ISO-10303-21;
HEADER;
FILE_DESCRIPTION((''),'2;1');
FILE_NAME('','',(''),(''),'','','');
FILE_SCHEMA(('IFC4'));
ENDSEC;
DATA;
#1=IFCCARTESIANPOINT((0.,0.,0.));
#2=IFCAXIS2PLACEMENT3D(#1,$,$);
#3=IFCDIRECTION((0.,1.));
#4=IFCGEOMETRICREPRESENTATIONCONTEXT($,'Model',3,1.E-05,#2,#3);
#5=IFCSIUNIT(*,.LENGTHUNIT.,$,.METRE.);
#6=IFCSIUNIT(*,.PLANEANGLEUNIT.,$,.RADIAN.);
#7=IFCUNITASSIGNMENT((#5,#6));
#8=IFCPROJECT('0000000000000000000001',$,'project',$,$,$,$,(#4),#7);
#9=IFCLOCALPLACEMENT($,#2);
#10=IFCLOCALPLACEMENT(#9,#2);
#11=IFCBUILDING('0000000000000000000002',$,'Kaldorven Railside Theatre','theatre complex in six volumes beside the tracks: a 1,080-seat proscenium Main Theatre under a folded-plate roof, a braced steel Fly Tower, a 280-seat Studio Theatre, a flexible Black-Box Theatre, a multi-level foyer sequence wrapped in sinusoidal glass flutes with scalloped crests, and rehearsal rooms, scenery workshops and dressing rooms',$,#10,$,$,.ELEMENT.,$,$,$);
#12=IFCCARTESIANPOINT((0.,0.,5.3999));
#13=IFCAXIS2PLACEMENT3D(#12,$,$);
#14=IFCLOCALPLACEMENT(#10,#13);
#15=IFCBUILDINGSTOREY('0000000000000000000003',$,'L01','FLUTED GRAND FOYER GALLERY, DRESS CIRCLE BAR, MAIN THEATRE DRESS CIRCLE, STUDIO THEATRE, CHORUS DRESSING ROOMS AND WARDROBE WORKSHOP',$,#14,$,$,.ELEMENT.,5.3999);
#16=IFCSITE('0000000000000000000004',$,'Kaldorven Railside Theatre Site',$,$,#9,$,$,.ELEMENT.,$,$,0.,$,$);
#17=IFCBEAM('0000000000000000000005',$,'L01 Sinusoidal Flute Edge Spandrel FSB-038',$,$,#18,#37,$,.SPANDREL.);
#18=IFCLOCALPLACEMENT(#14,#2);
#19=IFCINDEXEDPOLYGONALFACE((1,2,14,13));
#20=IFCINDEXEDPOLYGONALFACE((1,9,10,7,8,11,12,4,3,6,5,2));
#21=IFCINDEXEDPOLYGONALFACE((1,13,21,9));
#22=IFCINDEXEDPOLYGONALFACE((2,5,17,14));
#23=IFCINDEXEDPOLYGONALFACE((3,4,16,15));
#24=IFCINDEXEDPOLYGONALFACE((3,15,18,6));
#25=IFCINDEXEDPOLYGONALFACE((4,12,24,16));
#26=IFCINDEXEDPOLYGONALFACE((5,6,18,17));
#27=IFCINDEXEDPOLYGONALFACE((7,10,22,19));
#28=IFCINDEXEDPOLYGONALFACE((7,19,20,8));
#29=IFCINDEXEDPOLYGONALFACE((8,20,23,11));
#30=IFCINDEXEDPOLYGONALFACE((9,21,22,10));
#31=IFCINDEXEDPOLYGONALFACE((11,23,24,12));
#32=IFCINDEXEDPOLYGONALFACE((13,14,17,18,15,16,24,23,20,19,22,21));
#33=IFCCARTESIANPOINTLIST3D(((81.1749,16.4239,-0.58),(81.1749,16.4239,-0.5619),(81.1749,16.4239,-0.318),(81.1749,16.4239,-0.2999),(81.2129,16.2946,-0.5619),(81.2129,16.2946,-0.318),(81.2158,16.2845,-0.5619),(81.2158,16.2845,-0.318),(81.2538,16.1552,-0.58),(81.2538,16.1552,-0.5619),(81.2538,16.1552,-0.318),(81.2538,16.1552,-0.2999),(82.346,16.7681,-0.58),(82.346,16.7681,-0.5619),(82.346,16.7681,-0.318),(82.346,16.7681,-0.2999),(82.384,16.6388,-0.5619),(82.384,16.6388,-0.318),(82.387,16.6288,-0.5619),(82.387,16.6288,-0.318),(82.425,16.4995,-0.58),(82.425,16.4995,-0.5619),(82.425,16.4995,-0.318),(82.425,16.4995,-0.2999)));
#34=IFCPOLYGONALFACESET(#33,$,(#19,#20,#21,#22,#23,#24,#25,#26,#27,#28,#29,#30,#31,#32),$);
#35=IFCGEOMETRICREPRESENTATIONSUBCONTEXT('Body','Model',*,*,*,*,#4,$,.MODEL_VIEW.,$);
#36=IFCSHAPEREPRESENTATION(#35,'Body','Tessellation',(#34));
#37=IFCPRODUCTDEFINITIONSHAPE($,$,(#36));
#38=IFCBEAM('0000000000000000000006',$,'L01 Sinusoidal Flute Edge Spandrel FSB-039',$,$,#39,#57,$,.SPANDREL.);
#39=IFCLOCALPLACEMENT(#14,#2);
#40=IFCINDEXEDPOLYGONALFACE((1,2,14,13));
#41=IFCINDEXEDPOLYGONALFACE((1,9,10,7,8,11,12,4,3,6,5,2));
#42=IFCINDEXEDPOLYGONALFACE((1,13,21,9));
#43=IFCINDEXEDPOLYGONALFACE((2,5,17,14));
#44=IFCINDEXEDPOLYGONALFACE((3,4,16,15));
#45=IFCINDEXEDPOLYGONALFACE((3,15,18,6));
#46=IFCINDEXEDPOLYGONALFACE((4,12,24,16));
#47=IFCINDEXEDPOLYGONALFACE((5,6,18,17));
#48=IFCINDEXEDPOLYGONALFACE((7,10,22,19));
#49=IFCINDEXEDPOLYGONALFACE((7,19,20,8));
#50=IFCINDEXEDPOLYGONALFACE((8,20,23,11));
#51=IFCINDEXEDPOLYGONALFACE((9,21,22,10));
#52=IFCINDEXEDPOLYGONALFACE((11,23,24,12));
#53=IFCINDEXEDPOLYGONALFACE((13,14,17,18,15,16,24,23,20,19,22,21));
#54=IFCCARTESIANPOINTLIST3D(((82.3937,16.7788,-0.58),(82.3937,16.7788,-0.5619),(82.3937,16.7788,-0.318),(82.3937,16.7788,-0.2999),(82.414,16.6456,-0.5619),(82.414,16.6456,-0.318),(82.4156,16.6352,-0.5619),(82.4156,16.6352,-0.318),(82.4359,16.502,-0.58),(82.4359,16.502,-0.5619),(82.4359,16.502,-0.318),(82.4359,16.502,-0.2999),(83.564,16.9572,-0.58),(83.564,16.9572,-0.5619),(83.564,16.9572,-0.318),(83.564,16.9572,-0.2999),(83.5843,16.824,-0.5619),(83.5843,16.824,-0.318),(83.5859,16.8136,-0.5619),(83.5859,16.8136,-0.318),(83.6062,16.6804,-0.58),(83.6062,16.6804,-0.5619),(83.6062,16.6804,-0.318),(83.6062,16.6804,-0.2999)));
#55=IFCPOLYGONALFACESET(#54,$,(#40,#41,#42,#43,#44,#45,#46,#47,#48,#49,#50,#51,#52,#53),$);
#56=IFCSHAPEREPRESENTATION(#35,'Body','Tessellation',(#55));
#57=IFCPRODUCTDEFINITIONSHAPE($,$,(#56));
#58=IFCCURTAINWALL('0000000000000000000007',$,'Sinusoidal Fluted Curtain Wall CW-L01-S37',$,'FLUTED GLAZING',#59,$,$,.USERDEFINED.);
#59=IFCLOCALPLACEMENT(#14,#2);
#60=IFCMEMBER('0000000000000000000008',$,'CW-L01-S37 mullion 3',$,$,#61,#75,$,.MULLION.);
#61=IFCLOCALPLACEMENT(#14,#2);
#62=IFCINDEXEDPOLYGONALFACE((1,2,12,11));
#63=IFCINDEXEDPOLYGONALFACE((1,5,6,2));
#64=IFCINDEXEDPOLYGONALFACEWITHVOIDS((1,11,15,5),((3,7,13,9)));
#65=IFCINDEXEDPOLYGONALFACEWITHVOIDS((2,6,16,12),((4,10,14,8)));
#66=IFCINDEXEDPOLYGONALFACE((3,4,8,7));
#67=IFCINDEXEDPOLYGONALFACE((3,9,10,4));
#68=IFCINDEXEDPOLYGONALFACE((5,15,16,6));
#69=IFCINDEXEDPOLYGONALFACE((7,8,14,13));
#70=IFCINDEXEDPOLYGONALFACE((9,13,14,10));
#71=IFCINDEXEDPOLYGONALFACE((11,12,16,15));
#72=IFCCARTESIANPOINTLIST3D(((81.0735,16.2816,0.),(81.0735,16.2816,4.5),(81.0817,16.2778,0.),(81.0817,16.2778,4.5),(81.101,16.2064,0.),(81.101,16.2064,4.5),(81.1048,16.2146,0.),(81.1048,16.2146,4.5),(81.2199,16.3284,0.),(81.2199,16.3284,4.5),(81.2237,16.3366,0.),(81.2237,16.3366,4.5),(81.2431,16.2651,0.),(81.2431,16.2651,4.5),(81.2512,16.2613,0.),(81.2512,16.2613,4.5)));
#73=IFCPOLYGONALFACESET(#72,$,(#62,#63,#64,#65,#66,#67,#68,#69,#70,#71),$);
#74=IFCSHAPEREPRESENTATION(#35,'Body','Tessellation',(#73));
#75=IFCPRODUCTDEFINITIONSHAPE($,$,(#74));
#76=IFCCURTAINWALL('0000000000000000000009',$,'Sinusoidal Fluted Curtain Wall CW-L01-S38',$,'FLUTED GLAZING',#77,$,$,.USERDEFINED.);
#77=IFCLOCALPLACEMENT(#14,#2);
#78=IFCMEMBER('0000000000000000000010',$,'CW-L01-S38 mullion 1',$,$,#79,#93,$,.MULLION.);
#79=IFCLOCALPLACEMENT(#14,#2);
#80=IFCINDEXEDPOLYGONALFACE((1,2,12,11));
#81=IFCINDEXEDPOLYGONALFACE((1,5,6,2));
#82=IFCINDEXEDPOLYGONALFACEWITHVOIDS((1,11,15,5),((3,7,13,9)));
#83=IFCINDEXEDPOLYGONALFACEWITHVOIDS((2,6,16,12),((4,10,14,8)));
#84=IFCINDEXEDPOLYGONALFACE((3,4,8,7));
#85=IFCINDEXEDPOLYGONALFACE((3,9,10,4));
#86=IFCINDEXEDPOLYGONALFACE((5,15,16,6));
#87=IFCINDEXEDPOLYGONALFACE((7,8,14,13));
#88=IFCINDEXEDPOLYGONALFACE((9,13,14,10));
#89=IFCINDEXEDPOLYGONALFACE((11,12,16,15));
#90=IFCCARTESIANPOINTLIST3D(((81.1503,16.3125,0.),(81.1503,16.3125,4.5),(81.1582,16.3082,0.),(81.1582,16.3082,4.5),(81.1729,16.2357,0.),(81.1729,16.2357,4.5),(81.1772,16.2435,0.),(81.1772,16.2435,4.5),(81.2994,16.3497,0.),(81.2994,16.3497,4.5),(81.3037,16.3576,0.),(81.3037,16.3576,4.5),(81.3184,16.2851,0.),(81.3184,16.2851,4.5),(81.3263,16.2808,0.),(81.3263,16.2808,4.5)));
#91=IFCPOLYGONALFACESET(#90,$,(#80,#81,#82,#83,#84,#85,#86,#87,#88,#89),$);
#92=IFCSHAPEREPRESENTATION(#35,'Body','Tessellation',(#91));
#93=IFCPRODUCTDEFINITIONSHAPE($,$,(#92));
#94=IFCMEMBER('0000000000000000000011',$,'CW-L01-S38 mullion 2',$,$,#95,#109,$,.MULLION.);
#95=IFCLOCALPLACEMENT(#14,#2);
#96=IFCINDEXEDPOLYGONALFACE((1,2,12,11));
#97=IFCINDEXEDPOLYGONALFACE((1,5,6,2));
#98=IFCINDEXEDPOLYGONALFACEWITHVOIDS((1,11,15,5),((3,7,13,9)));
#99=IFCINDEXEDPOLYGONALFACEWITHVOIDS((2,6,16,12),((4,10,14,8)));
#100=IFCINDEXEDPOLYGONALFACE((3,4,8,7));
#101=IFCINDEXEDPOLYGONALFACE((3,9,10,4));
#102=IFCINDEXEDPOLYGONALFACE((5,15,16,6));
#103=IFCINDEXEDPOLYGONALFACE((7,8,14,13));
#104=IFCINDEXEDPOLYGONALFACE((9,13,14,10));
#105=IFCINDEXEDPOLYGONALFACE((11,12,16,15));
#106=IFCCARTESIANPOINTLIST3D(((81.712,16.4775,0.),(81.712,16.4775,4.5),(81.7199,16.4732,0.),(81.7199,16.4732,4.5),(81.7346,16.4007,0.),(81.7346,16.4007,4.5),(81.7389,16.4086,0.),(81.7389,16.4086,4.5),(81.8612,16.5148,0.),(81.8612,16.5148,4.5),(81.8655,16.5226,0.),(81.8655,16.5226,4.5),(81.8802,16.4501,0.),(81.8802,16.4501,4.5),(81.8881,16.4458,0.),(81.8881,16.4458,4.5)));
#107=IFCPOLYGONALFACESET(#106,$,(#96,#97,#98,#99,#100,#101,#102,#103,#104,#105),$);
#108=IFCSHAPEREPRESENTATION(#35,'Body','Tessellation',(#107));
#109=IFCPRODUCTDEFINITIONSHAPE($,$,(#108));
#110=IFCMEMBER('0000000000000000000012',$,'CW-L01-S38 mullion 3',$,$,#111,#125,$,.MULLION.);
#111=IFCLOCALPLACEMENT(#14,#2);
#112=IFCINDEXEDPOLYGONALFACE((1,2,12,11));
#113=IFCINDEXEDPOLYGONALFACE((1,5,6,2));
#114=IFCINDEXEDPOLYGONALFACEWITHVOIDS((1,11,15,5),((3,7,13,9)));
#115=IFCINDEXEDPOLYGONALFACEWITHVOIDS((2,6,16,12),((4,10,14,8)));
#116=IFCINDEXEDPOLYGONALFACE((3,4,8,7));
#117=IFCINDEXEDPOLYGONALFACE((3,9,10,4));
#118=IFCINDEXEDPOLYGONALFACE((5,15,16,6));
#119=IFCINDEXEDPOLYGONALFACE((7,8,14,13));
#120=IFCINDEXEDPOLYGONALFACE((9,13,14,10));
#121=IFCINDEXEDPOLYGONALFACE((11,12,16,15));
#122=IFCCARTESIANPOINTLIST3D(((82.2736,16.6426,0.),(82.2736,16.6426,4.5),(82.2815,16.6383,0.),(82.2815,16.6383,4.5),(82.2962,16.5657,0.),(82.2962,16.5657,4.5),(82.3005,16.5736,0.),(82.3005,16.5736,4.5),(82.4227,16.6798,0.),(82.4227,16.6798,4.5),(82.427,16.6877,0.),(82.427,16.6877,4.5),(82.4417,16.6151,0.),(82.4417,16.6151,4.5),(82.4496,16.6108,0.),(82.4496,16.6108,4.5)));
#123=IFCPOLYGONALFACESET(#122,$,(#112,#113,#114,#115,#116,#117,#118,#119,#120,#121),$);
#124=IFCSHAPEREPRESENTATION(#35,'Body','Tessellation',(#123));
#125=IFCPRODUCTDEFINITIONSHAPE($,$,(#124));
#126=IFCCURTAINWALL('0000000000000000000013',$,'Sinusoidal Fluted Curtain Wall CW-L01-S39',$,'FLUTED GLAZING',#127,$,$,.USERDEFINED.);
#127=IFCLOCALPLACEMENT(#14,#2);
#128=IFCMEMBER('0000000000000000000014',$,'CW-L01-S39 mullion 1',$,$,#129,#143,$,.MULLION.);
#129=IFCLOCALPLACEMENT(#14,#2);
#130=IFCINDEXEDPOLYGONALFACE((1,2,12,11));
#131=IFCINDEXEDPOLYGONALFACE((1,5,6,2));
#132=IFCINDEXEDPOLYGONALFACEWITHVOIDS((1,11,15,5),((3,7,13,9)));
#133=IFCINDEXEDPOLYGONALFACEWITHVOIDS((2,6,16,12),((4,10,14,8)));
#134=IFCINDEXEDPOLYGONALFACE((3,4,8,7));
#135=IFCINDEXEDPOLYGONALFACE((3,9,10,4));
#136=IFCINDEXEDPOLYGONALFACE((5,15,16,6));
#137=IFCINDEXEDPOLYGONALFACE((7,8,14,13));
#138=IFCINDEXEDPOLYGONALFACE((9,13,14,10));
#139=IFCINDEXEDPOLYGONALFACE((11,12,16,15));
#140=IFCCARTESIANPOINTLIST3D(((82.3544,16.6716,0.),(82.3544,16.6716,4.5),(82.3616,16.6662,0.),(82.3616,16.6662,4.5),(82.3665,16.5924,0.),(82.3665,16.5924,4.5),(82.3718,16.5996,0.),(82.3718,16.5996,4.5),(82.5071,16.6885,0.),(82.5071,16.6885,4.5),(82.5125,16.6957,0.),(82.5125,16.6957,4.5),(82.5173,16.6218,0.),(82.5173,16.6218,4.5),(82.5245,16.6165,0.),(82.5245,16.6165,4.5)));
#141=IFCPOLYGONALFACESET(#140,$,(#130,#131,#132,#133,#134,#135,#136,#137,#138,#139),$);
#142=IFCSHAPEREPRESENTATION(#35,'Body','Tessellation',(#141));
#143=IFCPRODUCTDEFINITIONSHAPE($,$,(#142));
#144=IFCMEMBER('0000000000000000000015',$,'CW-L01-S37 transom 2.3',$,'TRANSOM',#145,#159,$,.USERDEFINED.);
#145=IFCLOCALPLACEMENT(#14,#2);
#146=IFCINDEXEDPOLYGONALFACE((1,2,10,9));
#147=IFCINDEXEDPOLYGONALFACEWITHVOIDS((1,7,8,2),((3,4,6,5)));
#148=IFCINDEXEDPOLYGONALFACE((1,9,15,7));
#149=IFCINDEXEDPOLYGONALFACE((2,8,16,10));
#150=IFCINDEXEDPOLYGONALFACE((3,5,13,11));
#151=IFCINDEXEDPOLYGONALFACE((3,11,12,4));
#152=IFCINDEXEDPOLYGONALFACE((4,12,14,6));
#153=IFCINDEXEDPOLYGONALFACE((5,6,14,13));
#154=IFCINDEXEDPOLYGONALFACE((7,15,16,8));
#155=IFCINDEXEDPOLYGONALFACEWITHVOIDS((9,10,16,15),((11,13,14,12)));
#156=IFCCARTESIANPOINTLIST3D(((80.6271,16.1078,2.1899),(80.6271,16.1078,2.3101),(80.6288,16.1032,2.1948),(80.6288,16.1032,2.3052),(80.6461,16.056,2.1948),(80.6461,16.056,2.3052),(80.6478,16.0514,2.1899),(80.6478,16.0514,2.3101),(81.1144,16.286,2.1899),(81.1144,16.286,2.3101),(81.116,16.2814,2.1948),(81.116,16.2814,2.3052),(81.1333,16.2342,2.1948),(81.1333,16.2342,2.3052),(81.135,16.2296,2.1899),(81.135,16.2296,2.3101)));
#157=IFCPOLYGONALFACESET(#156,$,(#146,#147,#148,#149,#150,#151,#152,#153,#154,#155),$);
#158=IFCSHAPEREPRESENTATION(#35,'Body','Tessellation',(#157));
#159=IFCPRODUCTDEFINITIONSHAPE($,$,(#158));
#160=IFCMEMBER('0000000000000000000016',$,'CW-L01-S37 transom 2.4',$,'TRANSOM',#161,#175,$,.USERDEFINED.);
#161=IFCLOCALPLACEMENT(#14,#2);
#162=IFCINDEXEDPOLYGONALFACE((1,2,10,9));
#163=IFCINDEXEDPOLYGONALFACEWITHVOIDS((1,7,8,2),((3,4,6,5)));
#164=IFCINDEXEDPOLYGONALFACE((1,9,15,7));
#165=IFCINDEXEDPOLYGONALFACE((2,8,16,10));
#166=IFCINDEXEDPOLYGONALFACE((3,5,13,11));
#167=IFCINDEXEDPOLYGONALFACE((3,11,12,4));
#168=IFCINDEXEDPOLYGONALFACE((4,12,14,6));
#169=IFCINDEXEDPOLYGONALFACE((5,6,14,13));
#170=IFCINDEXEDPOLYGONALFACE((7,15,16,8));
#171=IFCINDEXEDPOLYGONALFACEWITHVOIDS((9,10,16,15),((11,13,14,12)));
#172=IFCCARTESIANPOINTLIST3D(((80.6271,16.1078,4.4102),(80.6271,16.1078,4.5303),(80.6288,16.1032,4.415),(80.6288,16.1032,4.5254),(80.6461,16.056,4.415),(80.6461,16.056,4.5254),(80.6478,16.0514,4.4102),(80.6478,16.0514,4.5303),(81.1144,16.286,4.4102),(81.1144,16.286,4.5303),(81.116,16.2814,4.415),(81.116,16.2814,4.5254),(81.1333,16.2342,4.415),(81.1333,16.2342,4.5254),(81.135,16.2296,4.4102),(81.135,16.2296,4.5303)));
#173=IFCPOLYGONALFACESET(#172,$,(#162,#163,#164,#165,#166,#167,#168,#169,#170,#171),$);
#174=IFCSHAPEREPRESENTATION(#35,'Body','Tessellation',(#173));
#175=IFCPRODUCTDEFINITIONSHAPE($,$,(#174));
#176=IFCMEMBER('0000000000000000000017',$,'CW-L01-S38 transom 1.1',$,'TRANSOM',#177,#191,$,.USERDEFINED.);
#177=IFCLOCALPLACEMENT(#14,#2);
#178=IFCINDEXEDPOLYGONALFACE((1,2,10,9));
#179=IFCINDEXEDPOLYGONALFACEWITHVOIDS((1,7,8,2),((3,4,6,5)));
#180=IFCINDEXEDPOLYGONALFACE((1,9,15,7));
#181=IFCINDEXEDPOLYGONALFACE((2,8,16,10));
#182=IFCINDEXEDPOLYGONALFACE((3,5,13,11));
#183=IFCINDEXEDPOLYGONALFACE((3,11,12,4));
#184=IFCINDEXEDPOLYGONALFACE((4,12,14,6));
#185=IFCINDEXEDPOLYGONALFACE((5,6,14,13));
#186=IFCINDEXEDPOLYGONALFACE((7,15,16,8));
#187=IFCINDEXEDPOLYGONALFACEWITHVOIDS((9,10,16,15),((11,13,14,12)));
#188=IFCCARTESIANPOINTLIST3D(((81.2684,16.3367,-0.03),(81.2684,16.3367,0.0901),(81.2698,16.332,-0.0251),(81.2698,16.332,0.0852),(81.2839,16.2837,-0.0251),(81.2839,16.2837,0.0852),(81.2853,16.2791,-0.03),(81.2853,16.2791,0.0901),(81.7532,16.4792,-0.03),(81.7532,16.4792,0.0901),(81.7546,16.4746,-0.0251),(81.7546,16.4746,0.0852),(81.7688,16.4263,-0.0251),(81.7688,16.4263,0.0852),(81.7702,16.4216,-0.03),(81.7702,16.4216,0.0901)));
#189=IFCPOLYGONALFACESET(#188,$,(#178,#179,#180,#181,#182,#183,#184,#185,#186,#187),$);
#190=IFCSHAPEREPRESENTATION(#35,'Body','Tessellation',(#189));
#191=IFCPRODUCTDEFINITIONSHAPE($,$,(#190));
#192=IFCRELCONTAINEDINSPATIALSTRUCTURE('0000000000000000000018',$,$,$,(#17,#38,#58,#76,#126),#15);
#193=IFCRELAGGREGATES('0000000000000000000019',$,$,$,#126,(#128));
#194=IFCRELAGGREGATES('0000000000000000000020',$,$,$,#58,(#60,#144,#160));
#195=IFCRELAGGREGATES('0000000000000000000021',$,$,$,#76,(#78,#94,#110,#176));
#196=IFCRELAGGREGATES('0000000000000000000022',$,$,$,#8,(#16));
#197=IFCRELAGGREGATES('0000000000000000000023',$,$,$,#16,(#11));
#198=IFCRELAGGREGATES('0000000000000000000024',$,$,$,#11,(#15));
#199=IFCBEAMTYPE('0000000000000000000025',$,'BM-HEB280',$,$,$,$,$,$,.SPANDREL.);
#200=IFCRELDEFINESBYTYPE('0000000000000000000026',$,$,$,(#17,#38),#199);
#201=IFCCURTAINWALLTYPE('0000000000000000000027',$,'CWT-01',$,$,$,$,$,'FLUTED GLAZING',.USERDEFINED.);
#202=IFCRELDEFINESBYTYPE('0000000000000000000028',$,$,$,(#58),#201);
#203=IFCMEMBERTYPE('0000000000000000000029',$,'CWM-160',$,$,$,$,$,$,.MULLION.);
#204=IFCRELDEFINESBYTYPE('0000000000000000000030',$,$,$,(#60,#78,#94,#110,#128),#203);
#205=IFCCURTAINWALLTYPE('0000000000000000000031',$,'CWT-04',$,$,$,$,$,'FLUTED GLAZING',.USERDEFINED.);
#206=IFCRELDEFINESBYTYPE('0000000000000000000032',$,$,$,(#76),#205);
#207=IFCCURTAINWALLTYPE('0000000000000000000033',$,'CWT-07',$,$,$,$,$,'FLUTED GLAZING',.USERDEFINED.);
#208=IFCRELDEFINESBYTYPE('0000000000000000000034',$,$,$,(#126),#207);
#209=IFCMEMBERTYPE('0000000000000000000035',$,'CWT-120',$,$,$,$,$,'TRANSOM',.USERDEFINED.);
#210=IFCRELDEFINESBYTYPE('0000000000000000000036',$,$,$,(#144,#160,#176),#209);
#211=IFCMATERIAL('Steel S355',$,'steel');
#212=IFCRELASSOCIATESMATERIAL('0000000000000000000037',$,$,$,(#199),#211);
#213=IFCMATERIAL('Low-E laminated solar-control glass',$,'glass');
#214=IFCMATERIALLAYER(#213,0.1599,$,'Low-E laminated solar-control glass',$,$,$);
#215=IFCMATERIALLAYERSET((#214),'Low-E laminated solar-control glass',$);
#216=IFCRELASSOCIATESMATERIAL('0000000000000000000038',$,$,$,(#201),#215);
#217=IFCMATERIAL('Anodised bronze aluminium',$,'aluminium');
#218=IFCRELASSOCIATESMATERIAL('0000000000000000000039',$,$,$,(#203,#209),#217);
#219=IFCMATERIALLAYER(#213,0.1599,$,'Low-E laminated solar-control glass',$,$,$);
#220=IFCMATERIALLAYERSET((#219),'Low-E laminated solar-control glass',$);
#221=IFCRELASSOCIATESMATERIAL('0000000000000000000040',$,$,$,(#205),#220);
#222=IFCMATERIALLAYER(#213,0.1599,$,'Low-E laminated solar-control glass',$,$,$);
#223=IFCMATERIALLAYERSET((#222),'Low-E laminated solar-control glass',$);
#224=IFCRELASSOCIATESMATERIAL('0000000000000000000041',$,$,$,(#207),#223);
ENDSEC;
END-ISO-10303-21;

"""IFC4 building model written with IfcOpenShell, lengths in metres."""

from ifc_helpers import new_model, si_unit, direction, frame, origin, origin_2d, place, context, subcontext, project, spatial, hollow_rectangle, i_section, extrude, material, layer, layer_set, material_profile, profile_set, type_object, element, aggregate, save


model = new_model("IFC4")

# Units and contexts
model_context = context("Model", 3, precision=1e-05, world=origin(), true_north=direction((0.0, 1.0)))
body_context = subcontext(model_context, "Body", "Model", "MODEL_VIEW")
ifc_project = project(units=[si_unit("LENGTHUNIT", "METRE"), si_unit("PLANEANGLEUNIT", "RADIAN")], contexts=[model_context])

# Site, building, storey
site_placement = place(None, origin())
site = spatial("IfcSite", under=ifc_project, at=site_placement, Name="Kaldorven Railside Theatre Site", CompositionType="ELEMENT", RefElevation=0.0)
building_placement = place(site_placement, origin())
building = spatial("IfcBuilding", under=site, at=building_placement, Name="Kaldorven Railside Theatre", Description="theatre complex in six volumes beside the tracks: a 1,080-seat proscenium Main Theatre under a folded-plate roof, a braced steel Fly Tower, a 280-seat Studio Theatre, a flexible Black-Box Theatre, a multi-level foyer sequence wrapped in sinusoidal glass flutes with scalloped crests, and rehearsal rooms, scenery workshops and dressing rooms", CompositionType="ELEMENT")
storey_placement = place(building_placement, frame((0.0, 0.0, 5.3999)))
storey = spatial("IfcBuildingStorey", under=building, at=storey_placement, Name="L01", Description="FLUTED GRAND FOYER GALLERY, DRESS CIRCLE BAR, MAIN THEATRE DRESS CIRCLE, STUDIO THEATRE, CHORUS DRESSING ROOMS AND WARDROBE WORKSHOP", CompositionType="ELEMENT", Elevation=5.3999)

# Beams
ifc_material_1 = material(Name="Steel S355", Category="steel")
ifc_material_profile_1 = material_profile(ifc_material_1, i_section(OverallWidth=0.28, OverallDepth=0.28, WebThickness=0.0105, FlangeThickness=0.0181, at=origin_2d()), Name="HEB 280")
ifc_profile_set_1 = profile_set([ifc_material_profile_1], Name="Steel S355")
beam_type = type_object("IfcBeamType", Name="BM-HEB280", PredefinedType="SPANDREL", material=ifc_profile_set_1)
beam_1_placement = place(storey_placement, frame((81.2144, 16.2896, -0.4399), z_axis=(0.959413, 0.282004, 0.0), x_axis=(-0.282004, 0.959413, 0.0)))
element("IfcBeam", 1, at=beam_1_placement, inside=storey, type_object=beam_type, Name="L01 Sinusoidal Flute Edge Spandrel FSB-038", PredefinedType="SPANDREL", context=body_context, shape_type="SweptSolid", body=[
    extrude(i_section(OverallWidth=0.28, OverallDepth=0.28, WebThickness=0.0105, FlangeThickness=0.0181, at=origin_2d()), origin(), (0.0, 0.0, 1.0), 1.2207),
])
beam_2_placement = place(storey_placement, frame((82.4148, 16.6404, -0.4399), z_axis=(0.988573, 0.15074, 0.0), x_axis=(-0.15074, 0.988573, 0.0)))
element("IfcBeam", 2, at=beam_2_placement, inside=storey, type_object=beam_type, Name="L01 Sinusoidal Flute Edge Spandrel FSB-039", PredefinedType="SPANDREL", context=body_context, shape_type="SweptSolid", body=[
    extrude(i_section(OverallWidth=0.28, OverallDepth=0.28, WebThickness=0.0105, FlangeThickness=0.0181, at=origin_2d()), origin(), (0.0, 0.0, 1.0), 1.1838),
])

# Curtain wall, member
ifc_material_2 = material(Name="Low-E laminated solar-control glass", Category="glass")
ifc_layer_1 = layer(ifc_material_2, 0.1599, Name="Low-E laminated solar-control glass")
ifc_layer_set_1 = layer_set([ifc_layer_1], Name="Low-E laminated solar-control glass")
curtain_wall_type_1 = type_object("IfcCurtainWallType", Name="CWT-01", ElementType="FLUTED GLAZING", PredefinedType="USERDEFINED", material=ifc_layer_set_1)
curtain_wall_1_placement = place(storey_placement, origin())
curtain_wall_1 = element("IfcCurtainWall", 3, at=curtain_wall_1_placement, inside=storey, type_object=curtain_wall_type_1, Name="Sinusoidal Fluted Curtain Wall CW-L01-S37", ObjectType="FLUTED GLAZING", PredefinedType="USERDEFINED")
ifc_material_3 = material(Name="Anodised bronze aluminium", Category="aluminium")
ifc_material_profile_2 = material_profile(ifc_material_3, hollow_rectangle(XDim=0.0801, YDim=0.1599, WallThickness=0.0063, at=origin_2d()), Name="RHS 160x80x6.3")
ifc_profile_set_2 = profile_set([ifc_material_profile_2], Name="Anodised bronze aluminium")
member_type_1 = type_object("IfcMemberType", Name="CWM-160", PredefinedType="MULLION", material=ifc_profile_set_2)
member_1_placement = place(storey_placement, frame((81.1624, 16.2715, 0.0), z_axis=(0.0, 0.0, 1.0), x_axis=(-0.343496, 0.939154, 0.0)))
member_1 = element("IfcMember", 4, at=member_1_placement, type_object=member_type_1, Name="CW-L01-S37 mullion 3", PredefinedType="MULLION", context=body_context, shape_type="SweptSolid", body=[
    extrude(hollow_rectangle(XDim=0.0801, YDim=0.1599, WallThickness=0.0063, at=origin_2d()), origin(), (0.0, 0.0, 1.0), 4.5),
])

# Curtain wall, members
ifc_layer_2 = layer(ifc_material_2, 0.1599, Name="Low-E laminated solar-control glass")
ifc_layer_set_2 = layer_set([ifc_layer_2], Name="Low-E laminated solar-control glass")
curtain_wall_type_2 = type_object("IfcCurtainWallType", Name="CWT-04", ElementType="FLUTED GLAZING", PredefinedType="USERDEFINED", material=ifc_layer_set_2)
curtain_wall_2_placement = place(storey_placement, origin())
curtain_wall_2 = element("IfcCurtainWall", 5, at=curtain_wall_2_placement, inside=storey, type_object=curtain_wall_type_2, Name="Sinusoidal Fluted Curtain Wall CW-L01-S38", ObjectType="FLUTED GLAZING", PredefinedType="USERDEFINED")
member_2_placement = place(storey_placement, frame((81.2383, 16.2966, 0.0), z_axis=(0.0, 0.0, 1.0), x_axis=(-0.281989, 0.959418, 0.0)))
member_2 = element("IfcMember", 6, at=member_2_placement, type_object=member_type_1, Name="CW-L01-S38 mullion 1", PredefinedType="MULLION", context=body_context, shape_type="SweptSolid", body=[
    extrude(hollow_rectangle(XDim=0.0801, YDim=0.1599, WallThickness=0.0063, at=origin_2d()), origin(), (0.0, 0.0, 1.0), 4.5),
])
member_3_placement = place(storey_placement, frame((81.8, 16.4617, 0.0), z_axis=(0.0, 0.0, 1.0), x_axis=(-0.281989, 0.959418, 0.0)))
member_3 = element("IfcMember", 7, at=member_3_placement, type_object=member_type_1, Name="CW-L01-S38 mullion 2", PredefinedType="MULLION", context=body_context, shape_type="SweptSolid", body=[
    extrude(hollow_rectangle(XDim=0.0801, YDim=0.1599, WallThickness=0.0063, at=origin_2d()), origin(), (0.0, 0.0, 1.0), 4.5),
])
member_4_placement = place(storey_placement, frame((82.3616, 16.6267, 0.0), z_axis=(0.0, 0.0, 1.0), x_axis=(-0.281989, 0.959418, 0.0)))
member_4 = element("IfcMember", 8, at=member_4_placement, type_object=member_type_1, Name="CW-L01-S38 mullion 3", PredefinedType="MULLION", context=body_context, shape_type="SweptSolid", body=[
    extrude(hollow_rectangle(XDim=0.0801, YDim=0.1599, WallThickness=0.0063, at=origin_2d()), origin(), (0.0, 0.0, 1.0), 4.5),
])

# Curtain wall, member
ifc_layer_3 = layer(ifc_material_2, 0.1599, Name="Low-E laminated solar-control glass")
ifc_layer_set_3 = layer_set([ifc_layer_3], Name="Low-E laminated solar-control glass")
curtain_wall_type_3 = type_object("IfcCurtainWallType", Name="CWT-07", ElementType="FLUTED GLAZING", PredefinedType="USERDEFINED", material=ifc_layer_set_3)
curtain_wall_3_placement = place(storey_placement, origin())
curtain_wall_3 = element("IfcCurtainWall", 9, at=curtain_wall_3_placement, inside=storey, type_object=curtain_wall_type_3, Name="Sinusoidal Fluted Curtain Wall CW-L01-S39", ObjectType="FLUTED GLAZING", PredefinedType="USERDEFINED")
member_5_placement = place(storey_placement, frame((82.4395, 16.644, 0.0), z_axis=(0.0, 0.0, 1.0), x_axis=(-0.150918, 0.988546, 0.0)))
member_5 = element("IfcMember", 10, at=member_5_placement, type_object=member_type_1, Name="CW-L01-S39 mullion 1", PredefinedType="MULLION", context=body_context, shape_type="SweptSolid", body=[
    extrude(hollow_rectangle(XDim=0.0801, YDim=0.1599, WallThickness=0.0063, at=origin_2d()), origin(), (0.0, 0.0, 1.0), 4.5),
])

# Members
ifc_material_profile_3 = material_profile(ifc_material_3, hollow_rectangle(XDim=0.0601, YDim=0.1201, WallThickness=0.0049, at=origin_2d()), Name="RHS 120x60x5")
ifc_profile_set_3 = profile_set([ifc_material_profile_3], Name="Anodised bronze aluminium")
member_type_2 = type_object("IfcMemberType", Name="CWT-120", ElementType="TRANSOM", PredefinedType="USERDEFINED", material=ifc_profile_set_3)
member_6_placement = place(storey_placement, frame((80.6375, 16.0796, 2.25), z_axis=(0.93916, 0.34348, 0.0), x_axis=(-0.34348, 0.93916, 0.0)))
member_6 = element("IfcMember", 11, at=member_6_placement, type_object=member_type_2, Name="CW-L01-S37 transom 2.3", ObjectType="TRANSOM", PredefinedType="USERDEFINED", context=body_context, shape_type="SweptSolid", body=[
    extrude(hollow_rectangle(XDim=0.0601, YDim=0.1201, WallThickness=0.0049, at=origin_2d()), origin(), (0.0, 0.0, 1.0), 0.5188),
])
member_7_placement = place(storey_placement, frame((80.6375, 16.0796, 4.4702), z_axis=(0.93916, 0.34348, 0.0), x_axis=(-0.34348, 0.93916, 0.0)))
member_7 = element("IfcMember", 12, at=member_7_placement, type_object=member_type_2, Name="CW-L01-S37 transom 2.4", ObjectType="TRANSOM", PredefinedType="USERDEFINED", context=body_context, shape_type="SweptSolid", body=[
    extrude(hollow_rectangle(XDim=0.0601, YDim=0.1201, WallThickness=0.0049, at=origin_2d()), origin(), (0.0, 0.0, 1.0), 0.5188),
])
member_8_placement = place(storey_placement, frame((81.2769, 16.3079, 0.03), z_axis=(0.959381, 0.282114, 0.0), x_axis=(-0.282114, 0.959381, 0.0)))
member_8 = element("IfcMember", 13, at=member_8_placement, type_object=member_type_2, Name="CW-L01-S38 transom 1.1", ObjectType="TRANSOM", PredefinedType="USERDEFINED", context=body_context, shape_type="SweptSolid", body=[
    extrude(hollow_rectangle(XDim=0.0601, YDim=0.1201, WallThickness=0.0049, at=origin_2d()), origin(), (0.0, 0.0, 1.0), 0.5054),
])
aggregate(curtain_wall_3, [member_5])

aggregate(curtain_wall_1, [member_1, member_6, member_7])
aggregate(curtain_wall_2, [member_2, member_3, member_4, member_8])

save(model, "model.ifc")
